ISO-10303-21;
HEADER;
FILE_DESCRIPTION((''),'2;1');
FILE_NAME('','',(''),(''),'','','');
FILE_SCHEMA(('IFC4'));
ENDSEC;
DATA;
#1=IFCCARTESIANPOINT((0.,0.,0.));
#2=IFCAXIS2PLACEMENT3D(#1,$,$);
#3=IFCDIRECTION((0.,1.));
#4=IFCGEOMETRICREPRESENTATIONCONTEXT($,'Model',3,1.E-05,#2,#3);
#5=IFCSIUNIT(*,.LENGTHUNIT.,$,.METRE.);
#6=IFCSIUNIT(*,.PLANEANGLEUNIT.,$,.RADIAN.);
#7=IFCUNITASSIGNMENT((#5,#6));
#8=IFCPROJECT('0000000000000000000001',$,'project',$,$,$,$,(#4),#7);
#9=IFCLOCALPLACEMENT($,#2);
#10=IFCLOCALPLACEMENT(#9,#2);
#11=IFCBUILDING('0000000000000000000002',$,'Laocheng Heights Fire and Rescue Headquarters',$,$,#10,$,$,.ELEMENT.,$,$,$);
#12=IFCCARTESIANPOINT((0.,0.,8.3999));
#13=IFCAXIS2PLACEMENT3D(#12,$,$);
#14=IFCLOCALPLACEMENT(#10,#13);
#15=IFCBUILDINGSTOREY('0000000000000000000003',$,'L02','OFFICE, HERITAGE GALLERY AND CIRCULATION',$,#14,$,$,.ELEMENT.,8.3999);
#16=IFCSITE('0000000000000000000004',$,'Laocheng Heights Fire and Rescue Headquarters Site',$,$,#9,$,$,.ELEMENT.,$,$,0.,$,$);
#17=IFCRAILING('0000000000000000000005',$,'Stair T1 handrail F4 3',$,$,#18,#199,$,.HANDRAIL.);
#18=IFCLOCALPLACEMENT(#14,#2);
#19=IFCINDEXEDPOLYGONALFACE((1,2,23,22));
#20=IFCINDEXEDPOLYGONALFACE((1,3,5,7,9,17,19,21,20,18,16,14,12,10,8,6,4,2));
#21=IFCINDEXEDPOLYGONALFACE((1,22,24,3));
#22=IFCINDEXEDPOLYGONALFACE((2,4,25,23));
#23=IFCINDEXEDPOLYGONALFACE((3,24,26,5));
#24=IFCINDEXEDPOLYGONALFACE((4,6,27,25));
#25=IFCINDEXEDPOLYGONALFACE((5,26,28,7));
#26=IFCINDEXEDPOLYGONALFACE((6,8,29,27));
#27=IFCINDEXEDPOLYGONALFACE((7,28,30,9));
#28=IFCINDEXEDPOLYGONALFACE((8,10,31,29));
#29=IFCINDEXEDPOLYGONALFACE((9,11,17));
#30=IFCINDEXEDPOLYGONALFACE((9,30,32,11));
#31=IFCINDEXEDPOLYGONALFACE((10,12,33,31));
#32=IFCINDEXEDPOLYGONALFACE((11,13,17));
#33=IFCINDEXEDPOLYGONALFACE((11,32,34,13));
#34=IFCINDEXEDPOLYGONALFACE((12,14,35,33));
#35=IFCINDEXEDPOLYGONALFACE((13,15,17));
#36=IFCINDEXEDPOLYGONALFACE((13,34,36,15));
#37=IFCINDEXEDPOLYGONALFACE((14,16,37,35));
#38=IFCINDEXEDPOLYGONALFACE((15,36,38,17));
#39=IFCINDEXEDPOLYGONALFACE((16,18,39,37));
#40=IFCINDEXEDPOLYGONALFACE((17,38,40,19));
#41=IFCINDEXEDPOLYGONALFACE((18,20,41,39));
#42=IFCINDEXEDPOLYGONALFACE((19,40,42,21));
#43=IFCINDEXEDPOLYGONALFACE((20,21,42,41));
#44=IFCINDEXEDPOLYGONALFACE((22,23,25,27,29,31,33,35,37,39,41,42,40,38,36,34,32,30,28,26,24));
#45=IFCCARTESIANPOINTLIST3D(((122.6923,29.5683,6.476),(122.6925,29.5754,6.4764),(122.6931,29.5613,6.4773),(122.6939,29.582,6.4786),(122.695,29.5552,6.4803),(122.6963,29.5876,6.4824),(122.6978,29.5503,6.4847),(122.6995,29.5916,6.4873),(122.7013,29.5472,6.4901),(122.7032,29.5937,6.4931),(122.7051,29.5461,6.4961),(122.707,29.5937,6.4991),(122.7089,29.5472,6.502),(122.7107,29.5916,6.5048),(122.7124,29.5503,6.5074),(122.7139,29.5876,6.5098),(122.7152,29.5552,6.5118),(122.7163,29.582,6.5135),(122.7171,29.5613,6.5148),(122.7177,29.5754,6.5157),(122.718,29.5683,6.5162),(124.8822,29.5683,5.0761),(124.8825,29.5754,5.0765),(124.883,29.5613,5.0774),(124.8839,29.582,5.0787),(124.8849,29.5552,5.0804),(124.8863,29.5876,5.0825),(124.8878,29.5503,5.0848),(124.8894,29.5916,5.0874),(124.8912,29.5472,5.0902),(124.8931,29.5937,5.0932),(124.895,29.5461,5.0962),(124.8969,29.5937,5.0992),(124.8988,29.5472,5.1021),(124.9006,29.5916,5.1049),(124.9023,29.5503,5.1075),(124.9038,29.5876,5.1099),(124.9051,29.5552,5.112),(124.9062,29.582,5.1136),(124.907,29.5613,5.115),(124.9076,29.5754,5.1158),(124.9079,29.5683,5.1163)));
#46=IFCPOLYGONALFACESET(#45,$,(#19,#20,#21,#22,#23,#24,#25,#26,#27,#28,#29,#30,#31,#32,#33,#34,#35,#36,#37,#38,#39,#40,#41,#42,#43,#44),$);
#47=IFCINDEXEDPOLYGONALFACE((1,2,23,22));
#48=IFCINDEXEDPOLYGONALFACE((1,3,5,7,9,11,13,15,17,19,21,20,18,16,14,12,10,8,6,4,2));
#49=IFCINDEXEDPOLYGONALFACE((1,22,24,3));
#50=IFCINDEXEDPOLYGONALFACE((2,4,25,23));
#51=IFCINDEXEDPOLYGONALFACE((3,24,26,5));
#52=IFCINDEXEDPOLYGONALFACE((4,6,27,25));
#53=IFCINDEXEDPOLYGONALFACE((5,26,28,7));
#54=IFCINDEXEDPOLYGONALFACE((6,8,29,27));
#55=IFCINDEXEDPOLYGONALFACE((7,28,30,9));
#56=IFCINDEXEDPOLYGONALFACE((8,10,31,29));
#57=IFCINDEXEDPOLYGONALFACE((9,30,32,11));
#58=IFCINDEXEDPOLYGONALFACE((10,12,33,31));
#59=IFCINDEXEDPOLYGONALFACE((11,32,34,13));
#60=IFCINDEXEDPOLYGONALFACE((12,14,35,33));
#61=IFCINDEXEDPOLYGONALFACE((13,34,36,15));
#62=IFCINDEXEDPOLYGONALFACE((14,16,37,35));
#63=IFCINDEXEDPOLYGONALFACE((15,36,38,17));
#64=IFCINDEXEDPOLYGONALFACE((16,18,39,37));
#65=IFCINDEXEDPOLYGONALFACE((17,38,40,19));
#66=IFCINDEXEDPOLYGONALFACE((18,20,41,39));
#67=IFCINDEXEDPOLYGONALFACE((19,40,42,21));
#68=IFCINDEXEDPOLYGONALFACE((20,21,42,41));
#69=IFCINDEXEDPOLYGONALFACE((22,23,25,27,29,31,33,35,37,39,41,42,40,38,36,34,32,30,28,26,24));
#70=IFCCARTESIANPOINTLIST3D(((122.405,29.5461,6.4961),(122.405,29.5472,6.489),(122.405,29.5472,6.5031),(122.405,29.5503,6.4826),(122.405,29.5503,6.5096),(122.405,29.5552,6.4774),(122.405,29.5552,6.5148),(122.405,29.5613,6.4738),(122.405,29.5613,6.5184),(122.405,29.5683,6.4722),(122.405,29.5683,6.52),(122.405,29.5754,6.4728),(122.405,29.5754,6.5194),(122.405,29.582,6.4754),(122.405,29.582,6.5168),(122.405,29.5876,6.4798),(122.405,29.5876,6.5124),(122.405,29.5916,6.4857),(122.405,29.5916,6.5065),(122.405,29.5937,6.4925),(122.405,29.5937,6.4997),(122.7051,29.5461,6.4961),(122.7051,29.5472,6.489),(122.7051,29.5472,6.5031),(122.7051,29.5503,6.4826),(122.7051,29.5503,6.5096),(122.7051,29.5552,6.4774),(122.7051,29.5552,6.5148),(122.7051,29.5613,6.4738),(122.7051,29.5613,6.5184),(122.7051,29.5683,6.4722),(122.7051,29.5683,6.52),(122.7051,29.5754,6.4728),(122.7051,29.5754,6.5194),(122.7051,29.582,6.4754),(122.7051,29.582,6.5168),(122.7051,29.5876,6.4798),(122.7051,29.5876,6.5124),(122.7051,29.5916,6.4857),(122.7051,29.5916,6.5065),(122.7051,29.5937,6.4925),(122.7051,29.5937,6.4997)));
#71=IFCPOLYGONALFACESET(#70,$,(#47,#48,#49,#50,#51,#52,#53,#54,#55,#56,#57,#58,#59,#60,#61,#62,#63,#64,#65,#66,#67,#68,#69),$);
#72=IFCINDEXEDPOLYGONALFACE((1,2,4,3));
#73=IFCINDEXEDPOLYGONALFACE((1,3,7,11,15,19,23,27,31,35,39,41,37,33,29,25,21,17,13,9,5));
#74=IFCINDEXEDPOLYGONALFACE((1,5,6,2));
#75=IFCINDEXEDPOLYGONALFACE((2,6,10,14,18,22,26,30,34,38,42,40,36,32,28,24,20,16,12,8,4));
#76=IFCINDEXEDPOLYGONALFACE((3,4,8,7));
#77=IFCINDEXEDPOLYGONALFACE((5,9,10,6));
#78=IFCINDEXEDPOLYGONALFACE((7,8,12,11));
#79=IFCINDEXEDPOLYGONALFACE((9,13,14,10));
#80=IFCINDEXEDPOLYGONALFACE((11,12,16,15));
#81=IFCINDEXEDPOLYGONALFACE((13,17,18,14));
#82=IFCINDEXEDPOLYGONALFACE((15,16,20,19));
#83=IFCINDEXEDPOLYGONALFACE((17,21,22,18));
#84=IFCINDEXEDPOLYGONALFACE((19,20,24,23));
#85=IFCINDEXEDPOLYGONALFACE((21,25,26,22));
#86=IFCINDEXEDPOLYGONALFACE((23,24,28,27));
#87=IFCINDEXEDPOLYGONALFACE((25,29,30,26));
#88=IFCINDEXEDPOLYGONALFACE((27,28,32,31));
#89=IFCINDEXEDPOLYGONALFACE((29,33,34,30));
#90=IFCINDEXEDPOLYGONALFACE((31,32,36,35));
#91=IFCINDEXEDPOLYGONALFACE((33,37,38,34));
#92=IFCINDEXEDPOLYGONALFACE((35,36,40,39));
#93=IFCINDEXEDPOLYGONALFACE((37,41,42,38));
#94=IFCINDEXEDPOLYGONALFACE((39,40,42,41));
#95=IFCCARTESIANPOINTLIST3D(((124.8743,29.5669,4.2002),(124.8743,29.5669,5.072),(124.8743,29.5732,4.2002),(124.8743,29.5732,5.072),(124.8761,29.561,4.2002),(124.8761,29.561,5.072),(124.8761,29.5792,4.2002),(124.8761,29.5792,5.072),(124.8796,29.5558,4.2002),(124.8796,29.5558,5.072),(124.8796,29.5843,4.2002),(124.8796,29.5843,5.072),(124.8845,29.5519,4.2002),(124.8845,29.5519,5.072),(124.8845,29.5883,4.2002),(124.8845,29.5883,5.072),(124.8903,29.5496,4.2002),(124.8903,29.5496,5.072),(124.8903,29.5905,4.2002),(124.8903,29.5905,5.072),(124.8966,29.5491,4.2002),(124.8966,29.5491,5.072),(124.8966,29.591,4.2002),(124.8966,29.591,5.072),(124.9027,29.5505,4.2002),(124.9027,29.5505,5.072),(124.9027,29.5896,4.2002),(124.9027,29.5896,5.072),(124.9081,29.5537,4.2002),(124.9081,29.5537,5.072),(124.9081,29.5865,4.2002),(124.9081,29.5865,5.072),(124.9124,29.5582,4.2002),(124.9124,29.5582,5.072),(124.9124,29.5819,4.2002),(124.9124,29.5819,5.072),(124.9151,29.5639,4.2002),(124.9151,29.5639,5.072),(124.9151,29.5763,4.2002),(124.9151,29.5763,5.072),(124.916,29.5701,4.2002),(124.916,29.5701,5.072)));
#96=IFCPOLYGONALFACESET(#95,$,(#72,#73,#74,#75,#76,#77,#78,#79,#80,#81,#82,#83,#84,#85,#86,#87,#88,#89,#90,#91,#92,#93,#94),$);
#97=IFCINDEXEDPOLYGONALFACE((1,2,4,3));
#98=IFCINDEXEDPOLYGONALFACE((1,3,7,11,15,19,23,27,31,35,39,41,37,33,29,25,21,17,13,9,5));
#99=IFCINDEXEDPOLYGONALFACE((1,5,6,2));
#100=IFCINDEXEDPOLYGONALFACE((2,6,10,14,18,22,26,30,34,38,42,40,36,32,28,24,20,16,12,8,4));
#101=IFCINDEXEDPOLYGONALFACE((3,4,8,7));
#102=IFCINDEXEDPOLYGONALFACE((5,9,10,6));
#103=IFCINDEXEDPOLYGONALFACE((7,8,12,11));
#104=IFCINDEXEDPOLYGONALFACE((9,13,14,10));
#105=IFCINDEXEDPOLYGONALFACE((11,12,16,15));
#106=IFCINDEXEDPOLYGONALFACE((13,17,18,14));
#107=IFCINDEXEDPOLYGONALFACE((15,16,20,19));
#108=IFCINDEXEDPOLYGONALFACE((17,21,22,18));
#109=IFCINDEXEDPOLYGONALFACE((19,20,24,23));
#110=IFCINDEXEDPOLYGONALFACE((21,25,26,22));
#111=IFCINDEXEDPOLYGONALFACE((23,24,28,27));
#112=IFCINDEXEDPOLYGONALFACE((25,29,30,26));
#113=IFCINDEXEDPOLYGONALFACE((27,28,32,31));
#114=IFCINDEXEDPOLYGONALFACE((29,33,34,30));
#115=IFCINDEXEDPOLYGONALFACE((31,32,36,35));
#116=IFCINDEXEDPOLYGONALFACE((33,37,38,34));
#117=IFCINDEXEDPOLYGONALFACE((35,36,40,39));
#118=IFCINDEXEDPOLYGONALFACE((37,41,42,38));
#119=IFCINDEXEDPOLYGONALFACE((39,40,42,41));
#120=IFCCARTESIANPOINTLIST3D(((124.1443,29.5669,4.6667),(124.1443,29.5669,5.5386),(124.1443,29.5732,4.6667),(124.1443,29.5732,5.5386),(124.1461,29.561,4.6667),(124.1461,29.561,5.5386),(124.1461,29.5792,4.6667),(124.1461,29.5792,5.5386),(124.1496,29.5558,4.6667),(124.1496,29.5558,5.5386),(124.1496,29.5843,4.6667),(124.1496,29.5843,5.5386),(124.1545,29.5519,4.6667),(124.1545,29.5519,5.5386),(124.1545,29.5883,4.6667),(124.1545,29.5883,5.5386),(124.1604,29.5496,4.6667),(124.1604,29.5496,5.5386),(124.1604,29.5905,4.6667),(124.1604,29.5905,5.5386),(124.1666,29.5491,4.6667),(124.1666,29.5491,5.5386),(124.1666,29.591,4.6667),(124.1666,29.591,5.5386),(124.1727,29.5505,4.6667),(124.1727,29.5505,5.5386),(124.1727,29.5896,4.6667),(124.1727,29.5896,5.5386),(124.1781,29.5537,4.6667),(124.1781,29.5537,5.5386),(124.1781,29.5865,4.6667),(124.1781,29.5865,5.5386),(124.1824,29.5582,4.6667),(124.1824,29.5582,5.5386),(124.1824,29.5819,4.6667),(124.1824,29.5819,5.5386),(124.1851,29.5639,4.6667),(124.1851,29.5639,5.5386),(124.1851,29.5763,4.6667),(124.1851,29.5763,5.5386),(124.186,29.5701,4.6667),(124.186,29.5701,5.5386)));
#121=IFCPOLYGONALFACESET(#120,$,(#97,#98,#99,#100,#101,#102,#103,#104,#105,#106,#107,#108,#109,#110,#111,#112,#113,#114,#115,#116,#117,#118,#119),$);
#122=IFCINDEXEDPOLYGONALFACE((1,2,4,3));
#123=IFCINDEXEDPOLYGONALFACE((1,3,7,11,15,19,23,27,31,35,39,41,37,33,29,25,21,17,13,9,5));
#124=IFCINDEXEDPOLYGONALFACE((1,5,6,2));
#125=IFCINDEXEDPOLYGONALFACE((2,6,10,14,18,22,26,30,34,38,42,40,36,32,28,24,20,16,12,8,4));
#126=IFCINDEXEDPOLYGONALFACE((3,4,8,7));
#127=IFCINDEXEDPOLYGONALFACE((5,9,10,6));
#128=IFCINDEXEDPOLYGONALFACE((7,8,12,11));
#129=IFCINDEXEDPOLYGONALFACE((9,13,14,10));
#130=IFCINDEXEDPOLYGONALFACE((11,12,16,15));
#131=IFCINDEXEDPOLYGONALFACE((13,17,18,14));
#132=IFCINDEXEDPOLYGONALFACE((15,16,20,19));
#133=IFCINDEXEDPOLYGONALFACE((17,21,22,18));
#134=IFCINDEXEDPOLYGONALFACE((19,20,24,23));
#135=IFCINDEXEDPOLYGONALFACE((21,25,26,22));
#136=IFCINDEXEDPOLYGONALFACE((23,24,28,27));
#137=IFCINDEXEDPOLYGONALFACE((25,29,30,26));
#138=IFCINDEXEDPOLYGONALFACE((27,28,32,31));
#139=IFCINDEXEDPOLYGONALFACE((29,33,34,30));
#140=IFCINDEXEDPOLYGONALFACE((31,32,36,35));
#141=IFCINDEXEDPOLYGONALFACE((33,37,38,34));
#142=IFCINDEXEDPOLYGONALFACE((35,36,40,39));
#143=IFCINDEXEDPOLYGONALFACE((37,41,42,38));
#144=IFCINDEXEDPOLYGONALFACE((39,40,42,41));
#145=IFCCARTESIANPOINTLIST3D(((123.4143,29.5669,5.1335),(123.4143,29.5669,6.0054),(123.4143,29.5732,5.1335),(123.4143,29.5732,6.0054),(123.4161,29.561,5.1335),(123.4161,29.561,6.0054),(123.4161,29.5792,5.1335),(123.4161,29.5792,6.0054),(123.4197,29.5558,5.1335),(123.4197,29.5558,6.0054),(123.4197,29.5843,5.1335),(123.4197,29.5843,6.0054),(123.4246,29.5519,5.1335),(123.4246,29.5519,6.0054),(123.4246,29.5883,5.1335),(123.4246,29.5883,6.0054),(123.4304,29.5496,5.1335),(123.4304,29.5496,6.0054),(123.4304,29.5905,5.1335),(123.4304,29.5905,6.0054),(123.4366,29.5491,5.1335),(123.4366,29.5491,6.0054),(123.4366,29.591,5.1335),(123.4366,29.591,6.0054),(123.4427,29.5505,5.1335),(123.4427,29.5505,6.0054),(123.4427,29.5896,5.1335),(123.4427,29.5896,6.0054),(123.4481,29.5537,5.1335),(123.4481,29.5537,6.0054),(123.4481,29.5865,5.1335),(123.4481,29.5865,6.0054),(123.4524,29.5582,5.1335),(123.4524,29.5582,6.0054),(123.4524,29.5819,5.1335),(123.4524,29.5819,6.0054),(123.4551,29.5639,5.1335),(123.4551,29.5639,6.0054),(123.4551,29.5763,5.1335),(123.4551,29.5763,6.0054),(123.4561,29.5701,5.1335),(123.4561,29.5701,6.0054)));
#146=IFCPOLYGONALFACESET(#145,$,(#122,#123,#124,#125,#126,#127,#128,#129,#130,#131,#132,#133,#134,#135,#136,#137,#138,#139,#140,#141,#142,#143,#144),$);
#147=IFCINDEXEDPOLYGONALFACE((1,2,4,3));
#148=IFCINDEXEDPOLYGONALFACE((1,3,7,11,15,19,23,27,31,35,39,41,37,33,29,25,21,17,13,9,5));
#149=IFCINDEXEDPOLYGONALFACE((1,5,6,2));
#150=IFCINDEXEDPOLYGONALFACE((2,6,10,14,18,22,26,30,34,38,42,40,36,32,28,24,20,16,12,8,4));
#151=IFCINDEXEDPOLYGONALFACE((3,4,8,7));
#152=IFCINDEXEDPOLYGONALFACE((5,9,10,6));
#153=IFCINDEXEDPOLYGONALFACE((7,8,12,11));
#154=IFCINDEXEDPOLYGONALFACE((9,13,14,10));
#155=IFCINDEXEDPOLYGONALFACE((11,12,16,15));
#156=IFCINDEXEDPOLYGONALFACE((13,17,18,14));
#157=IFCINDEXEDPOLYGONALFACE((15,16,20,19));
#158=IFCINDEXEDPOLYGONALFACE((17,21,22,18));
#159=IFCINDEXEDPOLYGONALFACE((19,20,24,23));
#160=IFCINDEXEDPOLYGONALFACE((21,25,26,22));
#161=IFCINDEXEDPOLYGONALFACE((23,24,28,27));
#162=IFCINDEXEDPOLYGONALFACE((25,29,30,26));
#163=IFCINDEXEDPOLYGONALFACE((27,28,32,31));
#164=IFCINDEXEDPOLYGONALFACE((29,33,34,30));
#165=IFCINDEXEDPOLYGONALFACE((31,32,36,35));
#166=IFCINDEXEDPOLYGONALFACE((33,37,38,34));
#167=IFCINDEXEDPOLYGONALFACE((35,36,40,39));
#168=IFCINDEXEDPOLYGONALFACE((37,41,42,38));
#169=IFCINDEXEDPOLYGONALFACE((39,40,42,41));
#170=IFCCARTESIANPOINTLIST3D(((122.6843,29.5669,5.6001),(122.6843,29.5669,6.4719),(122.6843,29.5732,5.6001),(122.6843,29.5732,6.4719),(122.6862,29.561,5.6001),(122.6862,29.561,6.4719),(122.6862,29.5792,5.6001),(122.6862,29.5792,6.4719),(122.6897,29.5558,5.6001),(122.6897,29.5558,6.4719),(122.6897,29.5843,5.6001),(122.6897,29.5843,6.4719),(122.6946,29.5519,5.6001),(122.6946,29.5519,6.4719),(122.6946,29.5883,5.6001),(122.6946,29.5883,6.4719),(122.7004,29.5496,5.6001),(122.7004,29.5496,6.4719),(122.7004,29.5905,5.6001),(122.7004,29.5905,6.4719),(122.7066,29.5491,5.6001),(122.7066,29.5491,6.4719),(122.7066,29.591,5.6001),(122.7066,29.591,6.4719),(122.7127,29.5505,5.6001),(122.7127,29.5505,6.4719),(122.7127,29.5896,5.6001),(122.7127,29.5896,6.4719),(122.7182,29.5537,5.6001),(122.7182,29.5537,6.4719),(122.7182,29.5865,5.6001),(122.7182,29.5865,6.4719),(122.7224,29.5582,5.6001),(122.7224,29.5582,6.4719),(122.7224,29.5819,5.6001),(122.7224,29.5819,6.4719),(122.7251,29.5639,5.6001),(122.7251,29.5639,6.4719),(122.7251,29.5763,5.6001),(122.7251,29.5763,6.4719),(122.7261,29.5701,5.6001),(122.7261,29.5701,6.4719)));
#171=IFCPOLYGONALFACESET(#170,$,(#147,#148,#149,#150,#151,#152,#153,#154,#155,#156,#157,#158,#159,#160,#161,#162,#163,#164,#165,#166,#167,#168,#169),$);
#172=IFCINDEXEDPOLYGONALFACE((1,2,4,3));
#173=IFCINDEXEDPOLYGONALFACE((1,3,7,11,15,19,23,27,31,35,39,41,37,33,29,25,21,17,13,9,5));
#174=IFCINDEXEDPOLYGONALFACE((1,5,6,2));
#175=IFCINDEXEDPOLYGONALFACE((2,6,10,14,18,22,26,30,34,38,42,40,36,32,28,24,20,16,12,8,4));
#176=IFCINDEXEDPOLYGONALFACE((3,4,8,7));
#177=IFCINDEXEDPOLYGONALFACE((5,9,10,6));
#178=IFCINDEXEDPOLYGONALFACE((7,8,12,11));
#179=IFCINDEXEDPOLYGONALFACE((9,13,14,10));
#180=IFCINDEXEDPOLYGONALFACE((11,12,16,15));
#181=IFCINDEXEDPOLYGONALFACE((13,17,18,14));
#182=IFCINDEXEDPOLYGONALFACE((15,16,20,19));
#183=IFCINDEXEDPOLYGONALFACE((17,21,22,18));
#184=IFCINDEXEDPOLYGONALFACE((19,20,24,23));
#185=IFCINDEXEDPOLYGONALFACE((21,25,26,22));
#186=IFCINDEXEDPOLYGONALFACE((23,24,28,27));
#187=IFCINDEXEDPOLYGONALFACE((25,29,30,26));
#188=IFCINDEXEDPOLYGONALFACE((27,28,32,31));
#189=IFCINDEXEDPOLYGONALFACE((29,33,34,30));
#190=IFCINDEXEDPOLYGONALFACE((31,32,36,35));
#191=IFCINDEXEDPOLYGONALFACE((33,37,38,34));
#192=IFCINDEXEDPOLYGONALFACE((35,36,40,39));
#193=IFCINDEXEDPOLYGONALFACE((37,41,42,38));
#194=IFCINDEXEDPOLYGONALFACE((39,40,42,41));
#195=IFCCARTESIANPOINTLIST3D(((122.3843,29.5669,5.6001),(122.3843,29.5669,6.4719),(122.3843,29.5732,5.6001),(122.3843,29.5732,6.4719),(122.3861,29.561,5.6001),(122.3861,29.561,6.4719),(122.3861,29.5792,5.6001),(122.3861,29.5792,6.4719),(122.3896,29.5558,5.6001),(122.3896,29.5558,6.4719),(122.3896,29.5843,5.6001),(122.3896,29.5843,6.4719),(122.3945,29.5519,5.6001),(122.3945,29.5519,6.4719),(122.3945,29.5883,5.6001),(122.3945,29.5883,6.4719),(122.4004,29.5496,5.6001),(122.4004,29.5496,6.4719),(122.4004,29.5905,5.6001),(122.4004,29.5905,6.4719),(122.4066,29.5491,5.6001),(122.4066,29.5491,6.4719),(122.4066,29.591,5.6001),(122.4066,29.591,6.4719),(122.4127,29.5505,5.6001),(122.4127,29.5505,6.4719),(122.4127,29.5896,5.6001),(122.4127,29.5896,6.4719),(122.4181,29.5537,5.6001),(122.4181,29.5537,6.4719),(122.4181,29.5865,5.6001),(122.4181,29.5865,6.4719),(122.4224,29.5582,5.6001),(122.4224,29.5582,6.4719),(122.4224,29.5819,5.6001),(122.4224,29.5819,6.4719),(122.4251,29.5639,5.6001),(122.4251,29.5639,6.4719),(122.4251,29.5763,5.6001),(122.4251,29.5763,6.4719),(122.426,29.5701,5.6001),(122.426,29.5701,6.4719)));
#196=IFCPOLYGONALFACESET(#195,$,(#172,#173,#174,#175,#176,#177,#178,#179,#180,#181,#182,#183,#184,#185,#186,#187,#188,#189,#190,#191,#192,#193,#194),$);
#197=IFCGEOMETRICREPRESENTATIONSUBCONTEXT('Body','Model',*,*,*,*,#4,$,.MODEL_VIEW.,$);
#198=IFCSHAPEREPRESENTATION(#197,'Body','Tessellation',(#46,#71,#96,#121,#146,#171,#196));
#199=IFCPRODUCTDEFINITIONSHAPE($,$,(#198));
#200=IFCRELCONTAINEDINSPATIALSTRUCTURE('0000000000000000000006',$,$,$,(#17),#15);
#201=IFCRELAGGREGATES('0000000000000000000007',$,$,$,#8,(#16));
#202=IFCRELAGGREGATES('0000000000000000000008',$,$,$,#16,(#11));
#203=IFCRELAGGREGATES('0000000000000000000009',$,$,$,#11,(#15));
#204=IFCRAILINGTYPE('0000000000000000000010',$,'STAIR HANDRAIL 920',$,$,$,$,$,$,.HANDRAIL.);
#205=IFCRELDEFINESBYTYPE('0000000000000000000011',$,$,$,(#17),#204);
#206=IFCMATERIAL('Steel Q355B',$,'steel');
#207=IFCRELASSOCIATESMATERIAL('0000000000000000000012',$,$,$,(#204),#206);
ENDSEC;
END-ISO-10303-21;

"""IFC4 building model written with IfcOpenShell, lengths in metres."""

from ifc_helpers import new_model, si_unit, direction, frame, origin, origin_2d, place, context, subcontext, project, spatial, circle, extrude, material, type_object, element, save


model = new_model("IFC4")

# Units and contexts
model_context = context("Model", 3, precision=1e-05, world=origin(), true_north=direction((0.0, 1.0)))
body_context = subcontext(model_context, "Body", "Model", "MODEL_VIEW")
ifc_project = project(units=[si_unit("LENGTHUNIT", "METRE"), si_unit("PLANEANGLEUNIT", "RADIAN")], contexts=[model_context])

# Site, building, storey
site_placement = place(None, origin())
site = spatial("IfcSite", under=ifc_project, at=site_placement, Name="Laocheng Heights Fire and Rescue Headquarters Site", CompositionType="ELEMENT", RefElevation=0.0)
building_placement = place(site_placement, origin())
building = spatial("IfcBuilding", under=site, at=building_placement, Name="Laocheng Heights Fire and Rescue Headquarters", CompositionType="ELEMENT")
storey_placement = place(building_placement, frame((0.0, 0.0, 8.3999)))
storey = spatial("IfcBuildingStorey", under=building, at=storey_placement, Name="L02", Description="OFFICE, HERITAGE GALLERY AND CIRCULATION", CompositionType="ELEMENT", Elevation=8.3999)

# Railing
ifc_material_1 = material(Name="Steel Q355B", Category="steel")
railing_type_1 = type_object("IfcRailingType", Name="STAIR HANDRAIL 920", PredefinedType="HANDRAIL", material=ifc_material_1)
for number, where, name in (
    (1, (124.895, 29.5701, 4.2002), "Stair T1 handrail F4 3"),
):
    element("IfcRailing", number, at=place(storey_placement, frame(where)), inside=storey, type_object=railing_type_1, Name=name, PredefinedType="HANDRAIL", context=body_context, shape_type="SweptSolid", body=[
        extrude(circle(Radius=0.0239, at=origin_2d()), frame((0.0, 0.0, 0.896), z_axis=(-0.842561, 0.0, 0.5386), x_axis=(0.0, -1.0, 0.0)), (0.0, 0.0, 1.0), 2.5991),
        extrude(circle(Radius=0.0239, at=origin_2d()), frame((-2.1899, 0.0, 2.2959), z_axis=(-1.0, 0.0, 0.0), x_axis=(0.0, -1.0, 0.0)), (0.0, 0.0, 1.0), 0.3),
        extrude(circle(Radius=0.021, at=origin_2d()), origin(), (0.0, 0.0, 1.0), 0.8718),
        extrude(circle(Radius=0.021, at=origin_2d()), frame((-0.73, 0.0, 0.4666)), (0.0, 0.0, 1.0), 0.8718),
        extrude(circle(Radius=0.021, at=origin_2d()), frame((-1.46, 0.0, 0.9333)), (0.0, 0.0, 1.0), 0.8718),
        extrude(circle(Radius=0.021, at=origin_2d()), frame((-2.1899, 0.0, 1.3999)), (0.0, 0.0, 1.0), 0.8718),
        extrude(circle(Radius=0.021, at=origin_2d()), frame((-2.49, 0.0, 1.3999)), (0.0, 0.0, 1.0), 0.8718),
    ])

save(model, "model.ifc")
